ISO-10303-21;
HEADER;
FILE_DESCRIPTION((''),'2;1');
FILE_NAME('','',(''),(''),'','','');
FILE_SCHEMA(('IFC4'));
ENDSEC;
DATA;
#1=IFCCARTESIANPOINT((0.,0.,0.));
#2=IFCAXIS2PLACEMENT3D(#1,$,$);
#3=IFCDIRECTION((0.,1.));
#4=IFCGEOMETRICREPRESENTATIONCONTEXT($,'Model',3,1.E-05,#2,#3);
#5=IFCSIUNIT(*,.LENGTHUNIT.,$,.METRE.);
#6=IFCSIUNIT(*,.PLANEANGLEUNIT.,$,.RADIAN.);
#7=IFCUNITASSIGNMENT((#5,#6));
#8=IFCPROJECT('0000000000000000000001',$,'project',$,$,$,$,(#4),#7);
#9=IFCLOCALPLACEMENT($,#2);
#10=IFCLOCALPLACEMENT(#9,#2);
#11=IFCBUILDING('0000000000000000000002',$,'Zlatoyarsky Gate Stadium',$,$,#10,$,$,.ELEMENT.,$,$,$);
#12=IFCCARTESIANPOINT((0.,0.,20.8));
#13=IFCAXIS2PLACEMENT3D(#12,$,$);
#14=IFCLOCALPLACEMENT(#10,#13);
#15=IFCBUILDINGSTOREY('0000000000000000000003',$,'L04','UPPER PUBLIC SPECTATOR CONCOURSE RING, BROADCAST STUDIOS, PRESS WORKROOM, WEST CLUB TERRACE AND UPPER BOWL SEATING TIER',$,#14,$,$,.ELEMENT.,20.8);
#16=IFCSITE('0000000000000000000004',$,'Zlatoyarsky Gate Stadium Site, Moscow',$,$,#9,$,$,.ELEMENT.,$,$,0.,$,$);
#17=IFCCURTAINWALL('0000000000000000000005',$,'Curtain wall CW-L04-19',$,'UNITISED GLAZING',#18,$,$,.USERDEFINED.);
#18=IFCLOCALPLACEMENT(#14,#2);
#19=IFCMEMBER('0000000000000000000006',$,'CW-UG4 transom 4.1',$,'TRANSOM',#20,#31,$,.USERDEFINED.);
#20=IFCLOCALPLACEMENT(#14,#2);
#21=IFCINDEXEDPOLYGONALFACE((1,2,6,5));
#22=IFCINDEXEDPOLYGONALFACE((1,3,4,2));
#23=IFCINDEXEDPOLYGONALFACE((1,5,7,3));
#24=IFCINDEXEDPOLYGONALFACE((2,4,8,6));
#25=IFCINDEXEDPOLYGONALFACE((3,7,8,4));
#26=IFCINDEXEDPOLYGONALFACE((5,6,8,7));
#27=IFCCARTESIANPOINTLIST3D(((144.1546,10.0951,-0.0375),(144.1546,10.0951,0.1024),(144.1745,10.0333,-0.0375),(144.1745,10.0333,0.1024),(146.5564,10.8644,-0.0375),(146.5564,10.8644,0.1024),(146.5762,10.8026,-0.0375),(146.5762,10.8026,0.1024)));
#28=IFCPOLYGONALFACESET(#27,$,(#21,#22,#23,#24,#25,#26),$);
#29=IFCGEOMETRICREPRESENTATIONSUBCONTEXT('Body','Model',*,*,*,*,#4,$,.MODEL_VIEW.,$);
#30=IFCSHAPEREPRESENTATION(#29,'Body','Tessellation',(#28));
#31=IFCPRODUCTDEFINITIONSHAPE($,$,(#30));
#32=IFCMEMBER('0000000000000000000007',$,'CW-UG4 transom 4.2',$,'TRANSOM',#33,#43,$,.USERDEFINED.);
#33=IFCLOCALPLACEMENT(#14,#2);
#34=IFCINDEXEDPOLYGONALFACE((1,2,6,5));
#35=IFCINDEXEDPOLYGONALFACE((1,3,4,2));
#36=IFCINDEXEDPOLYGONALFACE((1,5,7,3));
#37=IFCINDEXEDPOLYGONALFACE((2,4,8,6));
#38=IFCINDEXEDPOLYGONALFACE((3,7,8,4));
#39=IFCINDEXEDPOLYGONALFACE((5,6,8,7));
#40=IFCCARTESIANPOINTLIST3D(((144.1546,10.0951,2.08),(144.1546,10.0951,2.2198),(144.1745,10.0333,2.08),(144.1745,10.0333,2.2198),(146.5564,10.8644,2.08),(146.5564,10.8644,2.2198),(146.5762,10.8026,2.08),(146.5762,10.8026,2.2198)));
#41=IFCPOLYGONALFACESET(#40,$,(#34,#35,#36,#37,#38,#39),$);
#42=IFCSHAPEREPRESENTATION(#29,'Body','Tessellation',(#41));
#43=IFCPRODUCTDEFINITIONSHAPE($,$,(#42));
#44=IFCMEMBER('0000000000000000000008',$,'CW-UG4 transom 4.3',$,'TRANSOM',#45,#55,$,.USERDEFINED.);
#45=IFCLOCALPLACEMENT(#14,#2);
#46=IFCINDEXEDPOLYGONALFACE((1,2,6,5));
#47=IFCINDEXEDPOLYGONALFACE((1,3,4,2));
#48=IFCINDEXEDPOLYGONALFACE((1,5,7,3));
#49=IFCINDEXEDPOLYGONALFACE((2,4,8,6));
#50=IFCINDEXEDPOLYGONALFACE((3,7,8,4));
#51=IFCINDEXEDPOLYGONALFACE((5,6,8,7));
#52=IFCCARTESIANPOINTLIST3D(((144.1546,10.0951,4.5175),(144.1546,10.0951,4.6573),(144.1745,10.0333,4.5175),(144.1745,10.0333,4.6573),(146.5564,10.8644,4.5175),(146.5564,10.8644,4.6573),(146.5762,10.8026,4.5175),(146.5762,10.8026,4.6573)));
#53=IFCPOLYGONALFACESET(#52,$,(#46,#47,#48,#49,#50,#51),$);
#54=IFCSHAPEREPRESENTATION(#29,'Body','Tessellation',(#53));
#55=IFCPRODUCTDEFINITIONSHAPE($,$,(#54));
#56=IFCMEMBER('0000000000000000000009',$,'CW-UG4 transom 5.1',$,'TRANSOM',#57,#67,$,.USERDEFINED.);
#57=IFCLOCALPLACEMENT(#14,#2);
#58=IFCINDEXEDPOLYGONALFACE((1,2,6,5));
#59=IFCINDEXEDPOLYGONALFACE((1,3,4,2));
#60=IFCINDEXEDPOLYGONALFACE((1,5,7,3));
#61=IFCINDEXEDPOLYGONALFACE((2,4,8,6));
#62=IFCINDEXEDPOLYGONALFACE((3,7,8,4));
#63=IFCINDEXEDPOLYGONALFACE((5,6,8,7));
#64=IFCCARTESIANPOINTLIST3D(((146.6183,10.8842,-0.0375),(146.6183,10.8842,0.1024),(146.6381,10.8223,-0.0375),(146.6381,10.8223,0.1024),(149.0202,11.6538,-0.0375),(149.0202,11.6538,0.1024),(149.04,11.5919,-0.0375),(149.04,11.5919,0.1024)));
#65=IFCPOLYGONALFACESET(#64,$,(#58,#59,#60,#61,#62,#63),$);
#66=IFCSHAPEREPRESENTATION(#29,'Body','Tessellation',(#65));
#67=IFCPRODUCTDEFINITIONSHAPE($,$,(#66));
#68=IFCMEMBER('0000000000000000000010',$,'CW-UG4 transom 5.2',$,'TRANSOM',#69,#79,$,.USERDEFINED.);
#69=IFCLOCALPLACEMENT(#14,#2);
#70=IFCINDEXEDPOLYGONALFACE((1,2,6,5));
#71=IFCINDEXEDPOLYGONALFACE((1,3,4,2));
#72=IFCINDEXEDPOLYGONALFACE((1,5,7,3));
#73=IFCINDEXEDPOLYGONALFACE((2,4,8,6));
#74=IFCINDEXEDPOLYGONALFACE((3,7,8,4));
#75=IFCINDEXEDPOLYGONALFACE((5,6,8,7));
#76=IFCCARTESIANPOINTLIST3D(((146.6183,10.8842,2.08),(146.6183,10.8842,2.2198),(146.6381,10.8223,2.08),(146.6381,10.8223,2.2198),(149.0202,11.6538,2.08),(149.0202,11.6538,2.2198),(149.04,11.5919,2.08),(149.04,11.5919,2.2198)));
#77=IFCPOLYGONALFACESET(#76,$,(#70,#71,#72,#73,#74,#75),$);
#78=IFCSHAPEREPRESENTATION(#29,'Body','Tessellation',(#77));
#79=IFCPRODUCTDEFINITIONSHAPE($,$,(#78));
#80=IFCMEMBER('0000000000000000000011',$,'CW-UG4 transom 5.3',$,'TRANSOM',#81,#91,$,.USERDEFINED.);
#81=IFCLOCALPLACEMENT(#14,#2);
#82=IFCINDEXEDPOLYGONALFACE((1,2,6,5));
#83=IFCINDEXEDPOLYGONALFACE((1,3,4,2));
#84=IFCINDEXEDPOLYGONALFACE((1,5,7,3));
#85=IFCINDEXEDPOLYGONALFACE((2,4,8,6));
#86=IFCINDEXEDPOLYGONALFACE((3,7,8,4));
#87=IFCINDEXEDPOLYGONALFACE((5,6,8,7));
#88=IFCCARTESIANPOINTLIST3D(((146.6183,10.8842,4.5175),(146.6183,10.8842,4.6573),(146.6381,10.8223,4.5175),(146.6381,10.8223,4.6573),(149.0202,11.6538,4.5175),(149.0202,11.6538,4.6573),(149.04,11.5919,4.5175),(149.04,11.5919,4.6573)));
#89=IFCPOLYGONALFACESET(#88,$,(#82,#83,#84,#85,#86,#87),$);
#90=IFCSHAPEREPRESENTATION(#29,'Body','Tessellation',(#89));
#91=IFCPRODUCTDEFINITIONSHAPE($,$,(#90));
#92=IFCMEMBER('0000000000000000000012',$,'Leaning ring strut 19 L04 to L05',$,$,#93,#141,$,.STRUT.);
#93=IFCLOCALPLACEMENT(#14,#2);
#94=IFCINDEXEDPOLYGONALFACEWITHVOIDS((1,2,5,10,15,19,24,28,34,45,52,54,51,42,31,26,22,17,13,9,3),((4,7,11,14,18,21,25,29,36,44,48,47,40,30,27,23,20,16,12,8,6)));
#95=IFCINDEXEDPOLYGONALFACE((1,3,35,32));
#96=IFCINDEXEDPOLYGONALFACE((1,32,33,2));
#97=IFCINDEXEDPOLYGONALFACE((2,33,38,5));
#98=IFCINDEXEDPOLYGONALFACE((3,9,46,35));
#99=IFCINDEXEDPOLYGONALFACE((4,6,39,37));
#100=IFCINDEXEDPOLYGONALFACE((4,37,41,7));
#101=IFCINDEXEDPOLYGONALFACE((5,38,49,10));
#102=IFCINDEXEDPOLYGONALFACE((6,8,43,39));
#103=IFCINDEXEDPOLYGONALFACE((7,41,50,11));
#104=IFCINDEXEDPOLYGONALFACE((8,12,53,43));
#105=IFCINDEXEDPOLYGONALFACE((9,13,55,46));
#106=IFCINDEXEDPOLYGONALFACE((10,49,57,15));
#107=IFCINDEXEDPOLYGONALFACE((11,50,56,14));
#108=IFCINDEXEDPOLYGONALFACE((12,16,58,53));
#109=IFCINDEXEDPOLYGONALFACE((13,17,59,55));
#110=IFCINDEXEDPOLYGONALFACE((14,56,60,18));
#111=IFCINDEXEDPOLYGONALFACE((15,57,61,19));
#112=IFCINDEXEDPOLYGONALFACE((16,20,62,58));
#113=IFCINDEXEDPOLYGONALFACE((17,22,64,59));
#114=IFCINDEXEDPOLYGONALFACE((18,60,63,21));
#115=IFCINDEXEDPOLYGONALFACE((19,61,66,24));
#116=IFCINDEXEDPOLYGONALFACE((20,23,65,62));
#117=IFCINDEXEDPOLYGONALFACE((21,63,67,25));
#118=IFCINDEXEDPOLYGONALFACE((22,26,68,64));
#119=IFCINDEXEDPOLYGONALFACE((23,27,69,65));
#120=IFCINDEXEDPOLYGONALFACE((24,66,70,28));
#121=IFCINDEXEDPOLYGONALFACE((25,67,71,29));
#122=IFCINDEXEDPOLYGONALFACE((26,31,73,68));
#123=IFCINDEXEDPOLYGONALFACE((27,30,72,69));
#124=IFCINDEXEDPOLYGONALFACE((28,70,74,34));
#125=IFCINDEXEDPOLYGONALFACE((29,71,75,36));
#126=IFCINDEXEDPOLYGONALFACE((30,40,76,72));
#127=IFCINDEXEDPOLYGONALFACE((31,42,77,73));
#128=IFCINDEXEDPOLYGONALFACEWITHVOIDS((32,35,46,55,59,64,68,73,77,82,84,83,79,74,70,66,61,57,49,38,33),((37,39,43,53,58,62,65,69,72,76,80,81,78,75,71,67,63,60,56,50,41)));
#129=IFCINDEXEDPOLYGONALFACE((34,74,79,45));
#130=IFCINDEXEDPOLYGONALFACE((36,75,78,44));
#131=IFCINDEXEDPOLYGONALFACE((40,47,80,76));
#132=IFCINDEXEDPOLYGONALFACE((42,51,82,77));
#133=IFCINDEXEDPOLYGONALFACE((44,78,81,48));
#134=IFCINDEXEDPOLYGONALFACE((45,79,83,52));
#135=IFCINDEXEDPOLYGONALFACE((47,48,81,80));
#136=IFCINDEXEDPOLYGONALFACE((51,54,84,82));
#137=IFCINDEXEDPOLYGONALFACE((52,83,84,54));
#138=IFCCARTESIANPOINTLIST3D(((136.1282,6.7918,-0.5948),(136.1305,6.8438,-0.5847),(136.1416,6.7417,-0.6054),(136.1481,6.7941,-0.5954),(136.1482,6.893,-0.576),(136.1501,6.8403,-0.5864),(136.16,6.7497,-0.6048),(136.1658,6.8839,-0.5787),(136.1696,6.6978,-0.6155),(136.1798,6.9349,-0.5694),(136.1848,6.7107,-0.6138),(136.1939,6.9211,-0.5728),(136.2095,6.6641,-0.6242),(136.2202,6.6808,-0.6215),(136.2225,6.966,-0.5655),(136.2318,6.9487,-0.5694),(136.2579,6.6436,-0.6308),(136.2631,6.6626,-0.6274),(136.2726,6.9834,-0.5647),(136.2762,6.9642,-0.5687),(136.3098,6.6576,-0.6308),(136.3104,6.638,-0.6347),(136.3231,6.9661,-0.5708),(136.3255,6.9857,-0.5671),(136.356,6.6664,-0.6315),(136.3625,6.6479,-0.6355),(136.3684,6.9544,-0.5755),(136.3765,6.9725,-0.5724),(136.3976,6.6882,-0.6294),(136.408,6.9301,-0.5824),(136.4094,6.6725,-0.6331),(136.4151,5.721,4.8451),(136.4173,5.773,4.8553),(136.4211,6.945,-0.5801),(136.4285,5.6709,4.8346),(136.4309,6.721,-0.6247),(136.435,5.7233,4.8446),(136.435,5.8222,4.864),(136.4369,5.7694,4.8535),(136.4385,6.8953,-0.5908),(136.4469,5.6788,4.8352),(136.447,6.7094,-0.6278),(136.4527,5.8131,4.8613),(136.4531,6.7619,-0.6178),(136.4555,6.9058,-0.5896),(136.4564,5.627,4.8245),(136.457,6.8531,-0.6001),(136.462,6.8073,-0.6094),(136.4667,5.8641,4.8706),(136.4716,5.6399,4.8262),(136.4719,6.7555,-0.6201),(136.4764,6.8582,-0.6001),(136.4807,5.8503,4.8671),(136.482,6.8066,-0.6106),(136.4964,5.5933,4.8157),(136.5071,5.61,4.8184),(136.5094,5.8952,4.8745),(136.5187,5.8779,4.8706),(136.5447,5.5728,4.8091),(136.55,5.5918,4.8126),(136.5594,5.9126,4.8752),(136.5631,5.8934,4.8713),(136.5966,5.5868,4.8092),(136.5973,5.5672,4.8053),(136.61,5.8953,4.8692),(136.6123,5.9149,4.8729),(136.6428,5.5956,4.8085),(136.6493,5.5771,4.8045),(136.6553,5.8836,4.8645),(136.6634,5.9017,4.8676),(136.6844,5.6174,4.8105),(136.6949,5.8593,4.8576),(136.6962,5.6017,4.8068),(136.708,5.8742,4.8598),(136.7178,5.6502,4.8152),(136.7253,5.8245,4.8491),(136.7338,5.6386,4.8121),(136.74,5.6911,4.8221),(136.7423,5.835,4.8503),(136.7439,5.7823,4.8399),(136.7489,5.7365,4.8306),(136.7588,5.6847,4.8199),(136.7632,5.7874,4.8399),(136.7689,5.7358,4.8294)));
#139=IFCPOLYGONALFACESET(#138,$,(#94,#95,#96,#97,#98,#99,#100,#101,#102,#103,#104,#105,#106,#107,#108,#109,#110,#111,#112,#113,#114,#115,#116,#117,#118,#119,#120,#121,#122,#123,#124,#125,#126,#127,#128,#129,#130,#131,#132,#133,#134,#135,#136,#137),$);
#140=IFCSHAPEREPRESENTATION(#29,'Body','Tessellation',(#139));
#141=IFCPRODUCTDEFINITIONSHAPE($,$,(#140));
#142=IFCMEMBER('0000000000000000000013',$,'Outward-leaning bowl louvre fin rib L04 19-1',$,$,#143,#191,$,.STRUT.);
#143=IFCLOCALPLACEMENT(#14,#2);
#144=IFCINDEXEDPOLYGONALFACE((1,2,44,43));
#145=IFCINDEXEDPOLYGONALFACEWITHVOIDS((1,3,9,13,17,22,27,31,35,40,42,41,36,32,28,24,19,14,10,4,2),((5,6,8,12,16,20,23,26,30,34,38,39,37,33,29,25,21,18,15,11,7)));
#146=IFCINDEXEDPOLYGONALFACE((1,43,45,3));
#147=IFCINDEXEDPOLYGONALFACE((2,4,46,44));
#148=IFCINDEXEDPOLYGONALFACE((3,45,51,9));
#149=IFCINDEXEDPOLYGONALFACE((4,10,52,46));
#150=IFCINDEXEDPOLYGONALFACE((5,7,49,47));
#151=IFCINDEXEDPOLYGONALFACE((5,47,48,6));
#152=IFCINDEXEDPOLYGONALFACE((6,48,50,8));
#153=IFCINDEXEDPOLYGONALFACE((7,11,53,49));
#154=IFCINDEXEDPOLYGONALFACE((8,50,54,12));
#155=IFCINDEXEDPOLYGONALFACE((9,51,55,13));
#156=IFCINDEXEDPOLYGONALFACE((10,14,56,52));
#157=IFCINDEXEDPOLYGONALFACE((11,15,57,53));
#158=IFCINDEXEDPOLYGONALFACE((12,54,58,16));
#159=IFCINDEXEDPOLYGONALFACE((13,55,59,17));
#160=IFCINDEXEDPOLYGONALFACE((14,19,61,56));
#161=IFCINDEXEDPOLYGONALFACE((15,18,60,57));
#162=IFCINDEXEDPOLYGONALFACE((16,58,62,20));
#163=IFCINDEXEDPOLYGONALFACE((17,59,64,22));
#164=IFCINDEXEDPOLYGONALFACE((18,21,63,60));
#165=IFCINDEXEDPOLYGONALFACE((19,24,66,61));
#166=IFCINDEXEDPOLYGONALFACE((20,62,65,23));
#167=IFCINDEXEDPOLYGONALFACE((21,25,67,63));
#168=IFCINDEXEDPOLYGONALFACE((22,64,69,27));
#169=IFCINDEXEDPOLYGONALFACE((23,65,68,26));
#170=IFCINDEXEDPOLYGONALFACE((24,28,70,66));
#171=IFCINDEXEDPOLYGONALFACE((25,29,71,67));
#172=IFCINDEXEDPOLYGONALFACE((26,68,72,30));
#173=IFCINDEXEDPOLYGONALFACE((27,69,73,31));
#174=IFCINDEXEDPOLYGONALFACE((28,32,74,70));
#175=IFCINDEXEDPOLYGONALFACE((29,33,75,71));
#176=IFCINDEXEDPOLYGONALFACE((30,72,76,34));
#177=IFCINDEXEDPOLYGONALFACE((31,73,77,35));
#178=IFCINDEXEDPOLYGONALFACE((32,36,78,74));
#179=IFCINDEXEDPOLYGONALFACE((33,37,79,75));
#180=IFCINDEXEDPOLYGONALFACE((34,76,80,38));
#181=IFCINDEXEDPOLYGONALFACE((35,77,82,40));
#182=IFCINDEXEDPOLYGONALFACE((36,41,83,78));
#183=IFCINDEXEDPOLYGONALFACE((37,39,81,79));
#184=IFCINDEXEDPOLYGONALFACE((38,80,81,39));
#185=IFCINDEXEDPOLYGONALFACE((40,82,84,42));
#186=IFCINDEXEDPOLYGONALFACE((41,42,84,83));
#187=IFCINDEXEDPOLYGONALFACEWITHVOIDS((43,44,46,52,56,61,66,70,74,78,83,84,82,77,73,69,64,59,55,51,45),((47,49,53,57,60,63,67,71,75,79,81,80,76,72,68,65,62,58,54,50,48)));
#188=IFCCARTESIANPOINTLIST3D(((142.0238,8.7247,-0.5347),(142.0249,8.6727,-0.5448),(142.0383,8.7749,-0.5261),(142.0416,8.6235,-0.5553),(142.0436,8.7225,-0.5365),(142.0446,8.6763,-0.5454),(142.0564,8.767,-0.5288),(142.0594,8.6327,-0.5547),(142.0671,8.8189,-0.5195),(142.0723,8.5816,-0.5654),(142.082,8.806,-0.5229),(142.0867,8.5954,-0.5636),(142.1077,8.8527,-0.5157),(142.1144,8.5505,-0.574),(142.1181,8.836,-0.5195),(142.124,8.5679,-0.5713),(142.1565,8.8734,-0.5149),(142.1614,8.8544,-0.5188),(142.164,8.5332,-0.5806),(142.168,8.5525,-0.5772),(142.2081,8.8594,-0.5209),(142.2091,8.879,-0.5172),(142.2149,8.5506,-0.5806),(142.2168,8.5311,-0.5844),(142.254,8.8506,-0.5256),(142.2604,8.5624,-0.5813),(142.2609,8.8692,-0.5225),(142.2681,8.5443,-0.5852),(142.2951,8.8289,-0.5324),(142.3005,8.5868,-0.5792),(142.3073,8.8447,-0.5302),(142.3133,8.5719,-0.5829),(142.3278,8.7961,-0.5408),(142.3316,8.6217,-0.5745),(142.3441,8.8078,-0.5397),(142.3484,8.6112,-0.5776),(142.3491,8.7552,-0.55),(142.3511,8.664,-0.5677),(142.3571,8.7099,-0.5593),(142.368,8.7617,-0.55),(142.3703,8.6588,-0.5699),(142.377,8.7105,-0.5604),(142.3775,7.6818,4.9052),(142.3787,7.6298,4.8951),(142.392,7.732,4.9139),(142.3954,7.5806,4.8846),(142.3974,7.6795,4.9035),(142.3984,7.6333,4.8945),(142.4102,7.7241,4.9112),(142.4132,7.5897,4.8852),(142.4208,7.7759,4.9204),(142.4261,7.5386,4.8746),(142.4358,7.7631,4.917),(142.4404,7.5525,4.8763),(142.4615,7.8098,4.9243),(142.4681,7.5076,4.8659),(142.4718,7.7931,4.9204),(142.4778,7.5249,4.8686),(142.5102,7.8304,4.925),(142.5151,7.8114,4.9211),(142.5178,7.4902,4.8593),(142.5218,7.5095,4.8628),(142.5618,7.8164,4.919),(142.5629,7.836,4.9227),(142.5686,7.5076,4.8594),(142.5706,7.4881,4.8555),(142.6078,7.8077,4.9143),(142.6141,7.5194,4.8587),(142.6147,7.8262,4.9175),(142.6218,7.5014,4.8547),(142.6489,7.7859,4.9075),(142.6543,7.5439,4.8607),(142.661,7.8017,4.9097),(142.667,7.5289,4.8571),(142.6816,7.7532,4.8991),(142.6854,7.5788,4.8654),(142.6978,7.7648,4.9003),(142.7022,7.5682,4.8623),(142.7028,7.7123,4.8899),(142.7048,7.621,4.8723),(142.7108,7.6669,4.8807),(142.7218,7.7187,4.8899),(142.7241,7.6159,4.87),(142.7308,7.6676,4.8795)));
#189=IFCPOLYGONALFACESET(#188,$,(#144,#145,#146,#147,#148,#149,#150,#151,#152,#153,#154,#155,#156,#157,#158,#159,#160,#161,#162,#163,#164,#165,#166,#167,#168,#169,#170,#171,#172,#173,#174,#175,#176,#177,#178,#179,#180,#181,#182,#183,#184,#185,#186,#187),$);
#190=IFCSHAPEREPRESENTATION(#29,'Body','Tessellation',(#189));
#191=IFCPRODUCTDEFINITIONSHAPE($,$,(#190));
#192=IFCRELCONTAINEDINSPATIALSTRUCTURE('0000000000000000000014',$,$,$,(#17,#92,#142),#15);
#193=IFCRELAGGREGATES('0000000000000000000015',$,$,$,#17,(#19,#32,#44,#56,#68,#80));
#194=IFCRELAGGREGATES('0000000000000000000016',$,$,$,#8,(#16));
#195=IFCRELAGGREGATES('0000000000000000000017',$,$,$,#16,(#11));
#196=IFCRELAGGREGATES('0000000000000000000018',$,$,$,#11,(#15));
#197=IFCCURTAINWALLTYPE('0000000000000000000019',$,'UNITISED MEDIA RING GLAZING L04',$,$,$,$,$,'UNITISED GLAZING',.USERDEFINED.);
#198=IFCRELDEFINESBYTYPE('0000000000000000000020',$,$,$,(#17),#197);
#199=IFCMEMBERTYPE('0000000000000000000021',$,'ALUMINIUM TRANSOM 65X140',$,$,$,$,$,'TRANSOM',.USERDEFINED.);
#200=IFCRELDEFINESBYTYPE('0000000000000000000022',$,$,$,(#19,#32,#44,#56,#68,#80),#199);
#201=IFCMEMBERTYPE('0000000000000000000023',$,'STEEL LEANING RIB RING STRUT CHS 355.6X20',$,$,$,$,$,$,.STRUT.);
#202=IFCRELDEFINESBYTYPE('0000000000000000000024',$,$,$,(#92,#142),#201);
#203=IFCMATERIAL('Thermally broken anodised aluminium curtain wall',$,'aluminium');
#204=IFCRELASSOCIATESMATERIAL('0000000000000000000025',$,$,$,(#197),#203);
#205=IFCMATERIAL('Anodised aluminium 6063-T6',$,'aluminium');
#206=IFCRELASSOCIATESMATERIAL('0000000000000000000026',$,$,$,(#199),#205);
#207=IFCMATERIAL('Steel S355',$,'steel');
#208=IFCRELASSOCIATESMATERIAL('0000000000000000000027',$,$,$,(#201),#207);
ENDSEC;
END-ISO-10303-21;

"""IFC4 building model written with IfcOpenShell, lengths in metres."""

from ifc_helpers import new_model, si_unit, direction, frame, origin, origin_2d, place, context, subcontext, project, spatial, rectangle, hollow_circle, extrude, material, material_profile, profile_set, type_object, element, aggregate, save


model = new_model("IFC4")

# Units and contexts
model_context = context("Model", 3, precision=1e-05, world=origin(), true_north=direction((0.0, 1.0)))
body_context = subcontext(model_context, "Body", "Model", "MODEL_VIEW")
ifc_project = project(units=[si_unit("LENGTHUNIT", "METRE"), si_unit("PLANEANGLEUNIT", "RADIAN")], contexts=[model_context])

# Site, building, storey
site_placement = place(None, origin())
site = spatial("IfcSite", under=ifc_project, at=site_placement, Name="Zlatoyarsky Gate Stadium Site, Moscow", CompositionType="ELEMENT", RefElevation=0.0)
building_placement = place(site_placement, origin())
building = spatial("IfcBuilding", under=site, at=building_placement, Name="Zlatoyarsky Gate Stadium", CompositionType="ELEMENT")
storey_placement = place(building_placement, frame((0.0, 0.0, 20.8)))
storey = spatial("IfcBuildingStorey", under=building, at=storey_placement, Name="L04", Description="UPPER PUBLIC SPECTATOR CONCOURSE RING, BROADCAST STUDIOS, PRESS WORKROOM, WEST CLUB TERRACE AND UPPER BOWL SEATING TIER", CompositionType="ELEMENT", Elevation=20.8)

# Curtain wall, members
ifc_material_1 = material(Name="Thermally broken anodised aluminium curtain wall", Category="aluminium")
curtain_wall_type = type_object("IfcCurtainWallType", Name="UNITISED MEDIA RING GLAZING L04", ElementType="UNITISED GLAZING", PredefinedType="USERDEFINED", material=ifc_material_1)
curtain_wall_placement = place(storey_placement, origin())
curtain_wall = element("IfcCurtainWall", 1, at=curtain_wall_placement, inside=storey, type_object=curtain_wall_type, Name="Curtain wall CW-L04-19", ObjectType="UNITISED GLAZING", PredefinedType="USERDEFINED")
ifc_material_2 = material(Name="Anodised aluminium 6063-T6", Category="aluminium")
ifc_material_profile_1 = material_profile(ifc_material_2, rectangle(XDim=0.0649, YDim=0.1399, at=origin_2d()), Name="ALU 65X140")
ifc_profile_set_1 = profile_set([ifc_material_profile_1], Name="Anodised aluminium 6063-T6")
member_type_1 = type_object("IfcMemberType", Name="ALUMINIUM TRANSOM 65X140", ElementType="TRANSOM", PredefinedType="USERDEFINED", material=ifc_profile_set_1)
member_1_placement = place(storey_placement, frame((144.1646, 10.0642, 0.0325), z_axis=(0.952344, 0.305025, 0.0), x_axis=(-0.305025, 0.952344, 0.0)))
member_1 = element("IfcMember", 2, at=member_1_placement, type_object=member_type_1, Name="CW-UG4 transom 4.1", ObjectType="TRANSOM", PredefinedType="USERDEFINED", context=body_context, shape_type="SweptSolid", body=[
    extrude(rectangle(XDim=0.0649, YDim=0.1399, at=origin_2d()), origin(), (0.0, 0.0, 1.0), 2.522),
])
member_2_placement = place(storey_placement, frame((144.1646, 10.0642, 2.1499), z_axis=(0.952344, 0.305025, 0.0), x_axis=(-0.305025, 0.952344, 0.0)))
member_2 = element("IfcMember", 3, at=member_2_placement, type_object=member_type_1, Name="CW-UG4 transom 4.2", ObjectType="TRANSOM", PredefinedType="USERDEFINED", context=body_context, shape_type="SweptSolid", body=[
    extrude(rectangle(XDim=0.0649, YDim=0.1399, at=origin_2d()), origin(), (0.0, 0.0, 1.0), 2.522),
])
member_3_placement = place(storey_placement, frame((144.1646, 10.0642, 4.5874), z_axis=(0.952344, 0.305025, 0.0), x_axis=(-0.305025, 0.952344, 0.0)))
member_3 = element("IfcMember", 4, at=member_3_placement, type_object=member_type_1, Name="CW-UG4 transom 4.3", ObjectType="TRANSOM", PredefinedType="USERDEFINED", context=body_context, shape_type="SweptSolid", body=[
    extrude(rectangle(XDim=0.0649, YDim=0.1399, at=origin_2d()), origin(), (0.0, 0.0, 1.0), 2.522),
])
member_4_placement = place(storey_placement, frame((146.6282, 10.8533, 0.0325), z_axis=(0.952316, 0.305113, 0.0), x_axis=(-0.305113, 0.952316, 0.0)))
member_4 = element("IfcMember", 5, at=member_4_placement, type_object=member_type_1, Name="CW-UG4 transom 5.1", ObjectType="TRANSOM", PredefinedType="USERDEFINED", context=body_context, shape_type="SweptSolid", body=[
    extrude(rectangle(XDim=0.0649, YDim=0.1399, at=origin_2d()), origin(), (0.0, 0.0, 1.0), 2.5222),
])
member_5_placement = place(storey_placement, frame((146.6282, 10.8533, 2.1499), z_axis=(0.952316, 0.305113, 0.0), x_axis=(-0.305113, 0.952316, 0.0)))
member_5 = element("IfcMember", 6, at=member_5_placement, type_object=member_type_1, Name="CW-UG4 transom 5.2", ObjectType="TRANSOM", PredefinedType="USERDEFINED", context=body_context, shape_type="SweptSolid", body=[
    extrude(rectangle(XDim=0.0649, YDim=0.1399, at=origin_2d()), origin(), (0.0, 0.0, 1.0), 2.5222),
])
member_6_placement = place(storey_placement, frame((146.6282, 10.8533, 4.5874), z_axis=(0.952316, 0.305113, 0.0), x_axis=(-0.305113, 0.952316, 0.0)))
member_6 = element("IfcMember", 7, at=member_6_placement, type_object=member_type_1, Name="CW-UG4 transom 5.3", ObjectType="TRANSOM", PredefinedType="USERDEFINED", context=body_context, shape_type="SweptSolid", body=[
    extrude(rectangle(XDim=0.0649, YDim=0.1399, at=origin_2d()), origin(), (0.0, 0.0, 1.0), 2.5222),
])

# Members
ifc_material_3 = material(Name="Steel S355", Category="steel")
ifc_material_profile_2 = material_profile(ifc_material_3, hollow_circle(Radius=0.1777, WallThickness=0.02, at=origin_2d()), Name="CHS 355.6X20")
ifc_profile_set_2 = profile_set([ifc_material_profile_2], Name="Steel S355")
member_type_2 = type_object("IfcMemberType", Name="STEEL LEANING RIB RING STRUT CHS 355.6X20", PredefinedType="STRUT", material=ifc_profile_set_2)
member_7_placement = place(storey_placement, frame((136.3047, 6.8123, -0.6001), z_axis=(0.051671, -0.192876, 0.979862), x_axis=(0.965938, 0.258773, 0.0)))
element("IfcMember", 8, at=member_7_placement, inside=storey, type_object=member_type_2, Name="Leaning ring strut 19 L04 to L05", PredefinedType="STRUT", context=body_context, shape_type="SweptSolid", body=[
    extrude(hollow_circle(Radius=0.1777, WallThickness=0.02, at=origin_2d()), origin(), (0.0, 0.0, 1.0), 5.5518),
])
member_8_placement = place(storey_placement, frame((142.1997, 8.7046, -0.55), z_axis=(0.063737, -0.187912, 0.980116), x_axis=(0.947008, 0.321211, 0.0)))
element("IfcMember", 9, at=member_8_placement, inside=storey, type_object=member_type_2, Name="Outward-leaning bowl louvre fin rib L04 19-1", PredefinedType="STRUT", context=body_context, shape_type="SweptSolid", body=[
    extrude(hollow_circle(Radius=0.1777, WallThickness=0.02, at=origin_2d()), origin(), (0.0, 0.0, 1.0), 5.5503),
])

aggregate(curtain_wall, [member_1, member_2, member_3, member_4, member_5, member_6])

save(model, "model.ifc")
